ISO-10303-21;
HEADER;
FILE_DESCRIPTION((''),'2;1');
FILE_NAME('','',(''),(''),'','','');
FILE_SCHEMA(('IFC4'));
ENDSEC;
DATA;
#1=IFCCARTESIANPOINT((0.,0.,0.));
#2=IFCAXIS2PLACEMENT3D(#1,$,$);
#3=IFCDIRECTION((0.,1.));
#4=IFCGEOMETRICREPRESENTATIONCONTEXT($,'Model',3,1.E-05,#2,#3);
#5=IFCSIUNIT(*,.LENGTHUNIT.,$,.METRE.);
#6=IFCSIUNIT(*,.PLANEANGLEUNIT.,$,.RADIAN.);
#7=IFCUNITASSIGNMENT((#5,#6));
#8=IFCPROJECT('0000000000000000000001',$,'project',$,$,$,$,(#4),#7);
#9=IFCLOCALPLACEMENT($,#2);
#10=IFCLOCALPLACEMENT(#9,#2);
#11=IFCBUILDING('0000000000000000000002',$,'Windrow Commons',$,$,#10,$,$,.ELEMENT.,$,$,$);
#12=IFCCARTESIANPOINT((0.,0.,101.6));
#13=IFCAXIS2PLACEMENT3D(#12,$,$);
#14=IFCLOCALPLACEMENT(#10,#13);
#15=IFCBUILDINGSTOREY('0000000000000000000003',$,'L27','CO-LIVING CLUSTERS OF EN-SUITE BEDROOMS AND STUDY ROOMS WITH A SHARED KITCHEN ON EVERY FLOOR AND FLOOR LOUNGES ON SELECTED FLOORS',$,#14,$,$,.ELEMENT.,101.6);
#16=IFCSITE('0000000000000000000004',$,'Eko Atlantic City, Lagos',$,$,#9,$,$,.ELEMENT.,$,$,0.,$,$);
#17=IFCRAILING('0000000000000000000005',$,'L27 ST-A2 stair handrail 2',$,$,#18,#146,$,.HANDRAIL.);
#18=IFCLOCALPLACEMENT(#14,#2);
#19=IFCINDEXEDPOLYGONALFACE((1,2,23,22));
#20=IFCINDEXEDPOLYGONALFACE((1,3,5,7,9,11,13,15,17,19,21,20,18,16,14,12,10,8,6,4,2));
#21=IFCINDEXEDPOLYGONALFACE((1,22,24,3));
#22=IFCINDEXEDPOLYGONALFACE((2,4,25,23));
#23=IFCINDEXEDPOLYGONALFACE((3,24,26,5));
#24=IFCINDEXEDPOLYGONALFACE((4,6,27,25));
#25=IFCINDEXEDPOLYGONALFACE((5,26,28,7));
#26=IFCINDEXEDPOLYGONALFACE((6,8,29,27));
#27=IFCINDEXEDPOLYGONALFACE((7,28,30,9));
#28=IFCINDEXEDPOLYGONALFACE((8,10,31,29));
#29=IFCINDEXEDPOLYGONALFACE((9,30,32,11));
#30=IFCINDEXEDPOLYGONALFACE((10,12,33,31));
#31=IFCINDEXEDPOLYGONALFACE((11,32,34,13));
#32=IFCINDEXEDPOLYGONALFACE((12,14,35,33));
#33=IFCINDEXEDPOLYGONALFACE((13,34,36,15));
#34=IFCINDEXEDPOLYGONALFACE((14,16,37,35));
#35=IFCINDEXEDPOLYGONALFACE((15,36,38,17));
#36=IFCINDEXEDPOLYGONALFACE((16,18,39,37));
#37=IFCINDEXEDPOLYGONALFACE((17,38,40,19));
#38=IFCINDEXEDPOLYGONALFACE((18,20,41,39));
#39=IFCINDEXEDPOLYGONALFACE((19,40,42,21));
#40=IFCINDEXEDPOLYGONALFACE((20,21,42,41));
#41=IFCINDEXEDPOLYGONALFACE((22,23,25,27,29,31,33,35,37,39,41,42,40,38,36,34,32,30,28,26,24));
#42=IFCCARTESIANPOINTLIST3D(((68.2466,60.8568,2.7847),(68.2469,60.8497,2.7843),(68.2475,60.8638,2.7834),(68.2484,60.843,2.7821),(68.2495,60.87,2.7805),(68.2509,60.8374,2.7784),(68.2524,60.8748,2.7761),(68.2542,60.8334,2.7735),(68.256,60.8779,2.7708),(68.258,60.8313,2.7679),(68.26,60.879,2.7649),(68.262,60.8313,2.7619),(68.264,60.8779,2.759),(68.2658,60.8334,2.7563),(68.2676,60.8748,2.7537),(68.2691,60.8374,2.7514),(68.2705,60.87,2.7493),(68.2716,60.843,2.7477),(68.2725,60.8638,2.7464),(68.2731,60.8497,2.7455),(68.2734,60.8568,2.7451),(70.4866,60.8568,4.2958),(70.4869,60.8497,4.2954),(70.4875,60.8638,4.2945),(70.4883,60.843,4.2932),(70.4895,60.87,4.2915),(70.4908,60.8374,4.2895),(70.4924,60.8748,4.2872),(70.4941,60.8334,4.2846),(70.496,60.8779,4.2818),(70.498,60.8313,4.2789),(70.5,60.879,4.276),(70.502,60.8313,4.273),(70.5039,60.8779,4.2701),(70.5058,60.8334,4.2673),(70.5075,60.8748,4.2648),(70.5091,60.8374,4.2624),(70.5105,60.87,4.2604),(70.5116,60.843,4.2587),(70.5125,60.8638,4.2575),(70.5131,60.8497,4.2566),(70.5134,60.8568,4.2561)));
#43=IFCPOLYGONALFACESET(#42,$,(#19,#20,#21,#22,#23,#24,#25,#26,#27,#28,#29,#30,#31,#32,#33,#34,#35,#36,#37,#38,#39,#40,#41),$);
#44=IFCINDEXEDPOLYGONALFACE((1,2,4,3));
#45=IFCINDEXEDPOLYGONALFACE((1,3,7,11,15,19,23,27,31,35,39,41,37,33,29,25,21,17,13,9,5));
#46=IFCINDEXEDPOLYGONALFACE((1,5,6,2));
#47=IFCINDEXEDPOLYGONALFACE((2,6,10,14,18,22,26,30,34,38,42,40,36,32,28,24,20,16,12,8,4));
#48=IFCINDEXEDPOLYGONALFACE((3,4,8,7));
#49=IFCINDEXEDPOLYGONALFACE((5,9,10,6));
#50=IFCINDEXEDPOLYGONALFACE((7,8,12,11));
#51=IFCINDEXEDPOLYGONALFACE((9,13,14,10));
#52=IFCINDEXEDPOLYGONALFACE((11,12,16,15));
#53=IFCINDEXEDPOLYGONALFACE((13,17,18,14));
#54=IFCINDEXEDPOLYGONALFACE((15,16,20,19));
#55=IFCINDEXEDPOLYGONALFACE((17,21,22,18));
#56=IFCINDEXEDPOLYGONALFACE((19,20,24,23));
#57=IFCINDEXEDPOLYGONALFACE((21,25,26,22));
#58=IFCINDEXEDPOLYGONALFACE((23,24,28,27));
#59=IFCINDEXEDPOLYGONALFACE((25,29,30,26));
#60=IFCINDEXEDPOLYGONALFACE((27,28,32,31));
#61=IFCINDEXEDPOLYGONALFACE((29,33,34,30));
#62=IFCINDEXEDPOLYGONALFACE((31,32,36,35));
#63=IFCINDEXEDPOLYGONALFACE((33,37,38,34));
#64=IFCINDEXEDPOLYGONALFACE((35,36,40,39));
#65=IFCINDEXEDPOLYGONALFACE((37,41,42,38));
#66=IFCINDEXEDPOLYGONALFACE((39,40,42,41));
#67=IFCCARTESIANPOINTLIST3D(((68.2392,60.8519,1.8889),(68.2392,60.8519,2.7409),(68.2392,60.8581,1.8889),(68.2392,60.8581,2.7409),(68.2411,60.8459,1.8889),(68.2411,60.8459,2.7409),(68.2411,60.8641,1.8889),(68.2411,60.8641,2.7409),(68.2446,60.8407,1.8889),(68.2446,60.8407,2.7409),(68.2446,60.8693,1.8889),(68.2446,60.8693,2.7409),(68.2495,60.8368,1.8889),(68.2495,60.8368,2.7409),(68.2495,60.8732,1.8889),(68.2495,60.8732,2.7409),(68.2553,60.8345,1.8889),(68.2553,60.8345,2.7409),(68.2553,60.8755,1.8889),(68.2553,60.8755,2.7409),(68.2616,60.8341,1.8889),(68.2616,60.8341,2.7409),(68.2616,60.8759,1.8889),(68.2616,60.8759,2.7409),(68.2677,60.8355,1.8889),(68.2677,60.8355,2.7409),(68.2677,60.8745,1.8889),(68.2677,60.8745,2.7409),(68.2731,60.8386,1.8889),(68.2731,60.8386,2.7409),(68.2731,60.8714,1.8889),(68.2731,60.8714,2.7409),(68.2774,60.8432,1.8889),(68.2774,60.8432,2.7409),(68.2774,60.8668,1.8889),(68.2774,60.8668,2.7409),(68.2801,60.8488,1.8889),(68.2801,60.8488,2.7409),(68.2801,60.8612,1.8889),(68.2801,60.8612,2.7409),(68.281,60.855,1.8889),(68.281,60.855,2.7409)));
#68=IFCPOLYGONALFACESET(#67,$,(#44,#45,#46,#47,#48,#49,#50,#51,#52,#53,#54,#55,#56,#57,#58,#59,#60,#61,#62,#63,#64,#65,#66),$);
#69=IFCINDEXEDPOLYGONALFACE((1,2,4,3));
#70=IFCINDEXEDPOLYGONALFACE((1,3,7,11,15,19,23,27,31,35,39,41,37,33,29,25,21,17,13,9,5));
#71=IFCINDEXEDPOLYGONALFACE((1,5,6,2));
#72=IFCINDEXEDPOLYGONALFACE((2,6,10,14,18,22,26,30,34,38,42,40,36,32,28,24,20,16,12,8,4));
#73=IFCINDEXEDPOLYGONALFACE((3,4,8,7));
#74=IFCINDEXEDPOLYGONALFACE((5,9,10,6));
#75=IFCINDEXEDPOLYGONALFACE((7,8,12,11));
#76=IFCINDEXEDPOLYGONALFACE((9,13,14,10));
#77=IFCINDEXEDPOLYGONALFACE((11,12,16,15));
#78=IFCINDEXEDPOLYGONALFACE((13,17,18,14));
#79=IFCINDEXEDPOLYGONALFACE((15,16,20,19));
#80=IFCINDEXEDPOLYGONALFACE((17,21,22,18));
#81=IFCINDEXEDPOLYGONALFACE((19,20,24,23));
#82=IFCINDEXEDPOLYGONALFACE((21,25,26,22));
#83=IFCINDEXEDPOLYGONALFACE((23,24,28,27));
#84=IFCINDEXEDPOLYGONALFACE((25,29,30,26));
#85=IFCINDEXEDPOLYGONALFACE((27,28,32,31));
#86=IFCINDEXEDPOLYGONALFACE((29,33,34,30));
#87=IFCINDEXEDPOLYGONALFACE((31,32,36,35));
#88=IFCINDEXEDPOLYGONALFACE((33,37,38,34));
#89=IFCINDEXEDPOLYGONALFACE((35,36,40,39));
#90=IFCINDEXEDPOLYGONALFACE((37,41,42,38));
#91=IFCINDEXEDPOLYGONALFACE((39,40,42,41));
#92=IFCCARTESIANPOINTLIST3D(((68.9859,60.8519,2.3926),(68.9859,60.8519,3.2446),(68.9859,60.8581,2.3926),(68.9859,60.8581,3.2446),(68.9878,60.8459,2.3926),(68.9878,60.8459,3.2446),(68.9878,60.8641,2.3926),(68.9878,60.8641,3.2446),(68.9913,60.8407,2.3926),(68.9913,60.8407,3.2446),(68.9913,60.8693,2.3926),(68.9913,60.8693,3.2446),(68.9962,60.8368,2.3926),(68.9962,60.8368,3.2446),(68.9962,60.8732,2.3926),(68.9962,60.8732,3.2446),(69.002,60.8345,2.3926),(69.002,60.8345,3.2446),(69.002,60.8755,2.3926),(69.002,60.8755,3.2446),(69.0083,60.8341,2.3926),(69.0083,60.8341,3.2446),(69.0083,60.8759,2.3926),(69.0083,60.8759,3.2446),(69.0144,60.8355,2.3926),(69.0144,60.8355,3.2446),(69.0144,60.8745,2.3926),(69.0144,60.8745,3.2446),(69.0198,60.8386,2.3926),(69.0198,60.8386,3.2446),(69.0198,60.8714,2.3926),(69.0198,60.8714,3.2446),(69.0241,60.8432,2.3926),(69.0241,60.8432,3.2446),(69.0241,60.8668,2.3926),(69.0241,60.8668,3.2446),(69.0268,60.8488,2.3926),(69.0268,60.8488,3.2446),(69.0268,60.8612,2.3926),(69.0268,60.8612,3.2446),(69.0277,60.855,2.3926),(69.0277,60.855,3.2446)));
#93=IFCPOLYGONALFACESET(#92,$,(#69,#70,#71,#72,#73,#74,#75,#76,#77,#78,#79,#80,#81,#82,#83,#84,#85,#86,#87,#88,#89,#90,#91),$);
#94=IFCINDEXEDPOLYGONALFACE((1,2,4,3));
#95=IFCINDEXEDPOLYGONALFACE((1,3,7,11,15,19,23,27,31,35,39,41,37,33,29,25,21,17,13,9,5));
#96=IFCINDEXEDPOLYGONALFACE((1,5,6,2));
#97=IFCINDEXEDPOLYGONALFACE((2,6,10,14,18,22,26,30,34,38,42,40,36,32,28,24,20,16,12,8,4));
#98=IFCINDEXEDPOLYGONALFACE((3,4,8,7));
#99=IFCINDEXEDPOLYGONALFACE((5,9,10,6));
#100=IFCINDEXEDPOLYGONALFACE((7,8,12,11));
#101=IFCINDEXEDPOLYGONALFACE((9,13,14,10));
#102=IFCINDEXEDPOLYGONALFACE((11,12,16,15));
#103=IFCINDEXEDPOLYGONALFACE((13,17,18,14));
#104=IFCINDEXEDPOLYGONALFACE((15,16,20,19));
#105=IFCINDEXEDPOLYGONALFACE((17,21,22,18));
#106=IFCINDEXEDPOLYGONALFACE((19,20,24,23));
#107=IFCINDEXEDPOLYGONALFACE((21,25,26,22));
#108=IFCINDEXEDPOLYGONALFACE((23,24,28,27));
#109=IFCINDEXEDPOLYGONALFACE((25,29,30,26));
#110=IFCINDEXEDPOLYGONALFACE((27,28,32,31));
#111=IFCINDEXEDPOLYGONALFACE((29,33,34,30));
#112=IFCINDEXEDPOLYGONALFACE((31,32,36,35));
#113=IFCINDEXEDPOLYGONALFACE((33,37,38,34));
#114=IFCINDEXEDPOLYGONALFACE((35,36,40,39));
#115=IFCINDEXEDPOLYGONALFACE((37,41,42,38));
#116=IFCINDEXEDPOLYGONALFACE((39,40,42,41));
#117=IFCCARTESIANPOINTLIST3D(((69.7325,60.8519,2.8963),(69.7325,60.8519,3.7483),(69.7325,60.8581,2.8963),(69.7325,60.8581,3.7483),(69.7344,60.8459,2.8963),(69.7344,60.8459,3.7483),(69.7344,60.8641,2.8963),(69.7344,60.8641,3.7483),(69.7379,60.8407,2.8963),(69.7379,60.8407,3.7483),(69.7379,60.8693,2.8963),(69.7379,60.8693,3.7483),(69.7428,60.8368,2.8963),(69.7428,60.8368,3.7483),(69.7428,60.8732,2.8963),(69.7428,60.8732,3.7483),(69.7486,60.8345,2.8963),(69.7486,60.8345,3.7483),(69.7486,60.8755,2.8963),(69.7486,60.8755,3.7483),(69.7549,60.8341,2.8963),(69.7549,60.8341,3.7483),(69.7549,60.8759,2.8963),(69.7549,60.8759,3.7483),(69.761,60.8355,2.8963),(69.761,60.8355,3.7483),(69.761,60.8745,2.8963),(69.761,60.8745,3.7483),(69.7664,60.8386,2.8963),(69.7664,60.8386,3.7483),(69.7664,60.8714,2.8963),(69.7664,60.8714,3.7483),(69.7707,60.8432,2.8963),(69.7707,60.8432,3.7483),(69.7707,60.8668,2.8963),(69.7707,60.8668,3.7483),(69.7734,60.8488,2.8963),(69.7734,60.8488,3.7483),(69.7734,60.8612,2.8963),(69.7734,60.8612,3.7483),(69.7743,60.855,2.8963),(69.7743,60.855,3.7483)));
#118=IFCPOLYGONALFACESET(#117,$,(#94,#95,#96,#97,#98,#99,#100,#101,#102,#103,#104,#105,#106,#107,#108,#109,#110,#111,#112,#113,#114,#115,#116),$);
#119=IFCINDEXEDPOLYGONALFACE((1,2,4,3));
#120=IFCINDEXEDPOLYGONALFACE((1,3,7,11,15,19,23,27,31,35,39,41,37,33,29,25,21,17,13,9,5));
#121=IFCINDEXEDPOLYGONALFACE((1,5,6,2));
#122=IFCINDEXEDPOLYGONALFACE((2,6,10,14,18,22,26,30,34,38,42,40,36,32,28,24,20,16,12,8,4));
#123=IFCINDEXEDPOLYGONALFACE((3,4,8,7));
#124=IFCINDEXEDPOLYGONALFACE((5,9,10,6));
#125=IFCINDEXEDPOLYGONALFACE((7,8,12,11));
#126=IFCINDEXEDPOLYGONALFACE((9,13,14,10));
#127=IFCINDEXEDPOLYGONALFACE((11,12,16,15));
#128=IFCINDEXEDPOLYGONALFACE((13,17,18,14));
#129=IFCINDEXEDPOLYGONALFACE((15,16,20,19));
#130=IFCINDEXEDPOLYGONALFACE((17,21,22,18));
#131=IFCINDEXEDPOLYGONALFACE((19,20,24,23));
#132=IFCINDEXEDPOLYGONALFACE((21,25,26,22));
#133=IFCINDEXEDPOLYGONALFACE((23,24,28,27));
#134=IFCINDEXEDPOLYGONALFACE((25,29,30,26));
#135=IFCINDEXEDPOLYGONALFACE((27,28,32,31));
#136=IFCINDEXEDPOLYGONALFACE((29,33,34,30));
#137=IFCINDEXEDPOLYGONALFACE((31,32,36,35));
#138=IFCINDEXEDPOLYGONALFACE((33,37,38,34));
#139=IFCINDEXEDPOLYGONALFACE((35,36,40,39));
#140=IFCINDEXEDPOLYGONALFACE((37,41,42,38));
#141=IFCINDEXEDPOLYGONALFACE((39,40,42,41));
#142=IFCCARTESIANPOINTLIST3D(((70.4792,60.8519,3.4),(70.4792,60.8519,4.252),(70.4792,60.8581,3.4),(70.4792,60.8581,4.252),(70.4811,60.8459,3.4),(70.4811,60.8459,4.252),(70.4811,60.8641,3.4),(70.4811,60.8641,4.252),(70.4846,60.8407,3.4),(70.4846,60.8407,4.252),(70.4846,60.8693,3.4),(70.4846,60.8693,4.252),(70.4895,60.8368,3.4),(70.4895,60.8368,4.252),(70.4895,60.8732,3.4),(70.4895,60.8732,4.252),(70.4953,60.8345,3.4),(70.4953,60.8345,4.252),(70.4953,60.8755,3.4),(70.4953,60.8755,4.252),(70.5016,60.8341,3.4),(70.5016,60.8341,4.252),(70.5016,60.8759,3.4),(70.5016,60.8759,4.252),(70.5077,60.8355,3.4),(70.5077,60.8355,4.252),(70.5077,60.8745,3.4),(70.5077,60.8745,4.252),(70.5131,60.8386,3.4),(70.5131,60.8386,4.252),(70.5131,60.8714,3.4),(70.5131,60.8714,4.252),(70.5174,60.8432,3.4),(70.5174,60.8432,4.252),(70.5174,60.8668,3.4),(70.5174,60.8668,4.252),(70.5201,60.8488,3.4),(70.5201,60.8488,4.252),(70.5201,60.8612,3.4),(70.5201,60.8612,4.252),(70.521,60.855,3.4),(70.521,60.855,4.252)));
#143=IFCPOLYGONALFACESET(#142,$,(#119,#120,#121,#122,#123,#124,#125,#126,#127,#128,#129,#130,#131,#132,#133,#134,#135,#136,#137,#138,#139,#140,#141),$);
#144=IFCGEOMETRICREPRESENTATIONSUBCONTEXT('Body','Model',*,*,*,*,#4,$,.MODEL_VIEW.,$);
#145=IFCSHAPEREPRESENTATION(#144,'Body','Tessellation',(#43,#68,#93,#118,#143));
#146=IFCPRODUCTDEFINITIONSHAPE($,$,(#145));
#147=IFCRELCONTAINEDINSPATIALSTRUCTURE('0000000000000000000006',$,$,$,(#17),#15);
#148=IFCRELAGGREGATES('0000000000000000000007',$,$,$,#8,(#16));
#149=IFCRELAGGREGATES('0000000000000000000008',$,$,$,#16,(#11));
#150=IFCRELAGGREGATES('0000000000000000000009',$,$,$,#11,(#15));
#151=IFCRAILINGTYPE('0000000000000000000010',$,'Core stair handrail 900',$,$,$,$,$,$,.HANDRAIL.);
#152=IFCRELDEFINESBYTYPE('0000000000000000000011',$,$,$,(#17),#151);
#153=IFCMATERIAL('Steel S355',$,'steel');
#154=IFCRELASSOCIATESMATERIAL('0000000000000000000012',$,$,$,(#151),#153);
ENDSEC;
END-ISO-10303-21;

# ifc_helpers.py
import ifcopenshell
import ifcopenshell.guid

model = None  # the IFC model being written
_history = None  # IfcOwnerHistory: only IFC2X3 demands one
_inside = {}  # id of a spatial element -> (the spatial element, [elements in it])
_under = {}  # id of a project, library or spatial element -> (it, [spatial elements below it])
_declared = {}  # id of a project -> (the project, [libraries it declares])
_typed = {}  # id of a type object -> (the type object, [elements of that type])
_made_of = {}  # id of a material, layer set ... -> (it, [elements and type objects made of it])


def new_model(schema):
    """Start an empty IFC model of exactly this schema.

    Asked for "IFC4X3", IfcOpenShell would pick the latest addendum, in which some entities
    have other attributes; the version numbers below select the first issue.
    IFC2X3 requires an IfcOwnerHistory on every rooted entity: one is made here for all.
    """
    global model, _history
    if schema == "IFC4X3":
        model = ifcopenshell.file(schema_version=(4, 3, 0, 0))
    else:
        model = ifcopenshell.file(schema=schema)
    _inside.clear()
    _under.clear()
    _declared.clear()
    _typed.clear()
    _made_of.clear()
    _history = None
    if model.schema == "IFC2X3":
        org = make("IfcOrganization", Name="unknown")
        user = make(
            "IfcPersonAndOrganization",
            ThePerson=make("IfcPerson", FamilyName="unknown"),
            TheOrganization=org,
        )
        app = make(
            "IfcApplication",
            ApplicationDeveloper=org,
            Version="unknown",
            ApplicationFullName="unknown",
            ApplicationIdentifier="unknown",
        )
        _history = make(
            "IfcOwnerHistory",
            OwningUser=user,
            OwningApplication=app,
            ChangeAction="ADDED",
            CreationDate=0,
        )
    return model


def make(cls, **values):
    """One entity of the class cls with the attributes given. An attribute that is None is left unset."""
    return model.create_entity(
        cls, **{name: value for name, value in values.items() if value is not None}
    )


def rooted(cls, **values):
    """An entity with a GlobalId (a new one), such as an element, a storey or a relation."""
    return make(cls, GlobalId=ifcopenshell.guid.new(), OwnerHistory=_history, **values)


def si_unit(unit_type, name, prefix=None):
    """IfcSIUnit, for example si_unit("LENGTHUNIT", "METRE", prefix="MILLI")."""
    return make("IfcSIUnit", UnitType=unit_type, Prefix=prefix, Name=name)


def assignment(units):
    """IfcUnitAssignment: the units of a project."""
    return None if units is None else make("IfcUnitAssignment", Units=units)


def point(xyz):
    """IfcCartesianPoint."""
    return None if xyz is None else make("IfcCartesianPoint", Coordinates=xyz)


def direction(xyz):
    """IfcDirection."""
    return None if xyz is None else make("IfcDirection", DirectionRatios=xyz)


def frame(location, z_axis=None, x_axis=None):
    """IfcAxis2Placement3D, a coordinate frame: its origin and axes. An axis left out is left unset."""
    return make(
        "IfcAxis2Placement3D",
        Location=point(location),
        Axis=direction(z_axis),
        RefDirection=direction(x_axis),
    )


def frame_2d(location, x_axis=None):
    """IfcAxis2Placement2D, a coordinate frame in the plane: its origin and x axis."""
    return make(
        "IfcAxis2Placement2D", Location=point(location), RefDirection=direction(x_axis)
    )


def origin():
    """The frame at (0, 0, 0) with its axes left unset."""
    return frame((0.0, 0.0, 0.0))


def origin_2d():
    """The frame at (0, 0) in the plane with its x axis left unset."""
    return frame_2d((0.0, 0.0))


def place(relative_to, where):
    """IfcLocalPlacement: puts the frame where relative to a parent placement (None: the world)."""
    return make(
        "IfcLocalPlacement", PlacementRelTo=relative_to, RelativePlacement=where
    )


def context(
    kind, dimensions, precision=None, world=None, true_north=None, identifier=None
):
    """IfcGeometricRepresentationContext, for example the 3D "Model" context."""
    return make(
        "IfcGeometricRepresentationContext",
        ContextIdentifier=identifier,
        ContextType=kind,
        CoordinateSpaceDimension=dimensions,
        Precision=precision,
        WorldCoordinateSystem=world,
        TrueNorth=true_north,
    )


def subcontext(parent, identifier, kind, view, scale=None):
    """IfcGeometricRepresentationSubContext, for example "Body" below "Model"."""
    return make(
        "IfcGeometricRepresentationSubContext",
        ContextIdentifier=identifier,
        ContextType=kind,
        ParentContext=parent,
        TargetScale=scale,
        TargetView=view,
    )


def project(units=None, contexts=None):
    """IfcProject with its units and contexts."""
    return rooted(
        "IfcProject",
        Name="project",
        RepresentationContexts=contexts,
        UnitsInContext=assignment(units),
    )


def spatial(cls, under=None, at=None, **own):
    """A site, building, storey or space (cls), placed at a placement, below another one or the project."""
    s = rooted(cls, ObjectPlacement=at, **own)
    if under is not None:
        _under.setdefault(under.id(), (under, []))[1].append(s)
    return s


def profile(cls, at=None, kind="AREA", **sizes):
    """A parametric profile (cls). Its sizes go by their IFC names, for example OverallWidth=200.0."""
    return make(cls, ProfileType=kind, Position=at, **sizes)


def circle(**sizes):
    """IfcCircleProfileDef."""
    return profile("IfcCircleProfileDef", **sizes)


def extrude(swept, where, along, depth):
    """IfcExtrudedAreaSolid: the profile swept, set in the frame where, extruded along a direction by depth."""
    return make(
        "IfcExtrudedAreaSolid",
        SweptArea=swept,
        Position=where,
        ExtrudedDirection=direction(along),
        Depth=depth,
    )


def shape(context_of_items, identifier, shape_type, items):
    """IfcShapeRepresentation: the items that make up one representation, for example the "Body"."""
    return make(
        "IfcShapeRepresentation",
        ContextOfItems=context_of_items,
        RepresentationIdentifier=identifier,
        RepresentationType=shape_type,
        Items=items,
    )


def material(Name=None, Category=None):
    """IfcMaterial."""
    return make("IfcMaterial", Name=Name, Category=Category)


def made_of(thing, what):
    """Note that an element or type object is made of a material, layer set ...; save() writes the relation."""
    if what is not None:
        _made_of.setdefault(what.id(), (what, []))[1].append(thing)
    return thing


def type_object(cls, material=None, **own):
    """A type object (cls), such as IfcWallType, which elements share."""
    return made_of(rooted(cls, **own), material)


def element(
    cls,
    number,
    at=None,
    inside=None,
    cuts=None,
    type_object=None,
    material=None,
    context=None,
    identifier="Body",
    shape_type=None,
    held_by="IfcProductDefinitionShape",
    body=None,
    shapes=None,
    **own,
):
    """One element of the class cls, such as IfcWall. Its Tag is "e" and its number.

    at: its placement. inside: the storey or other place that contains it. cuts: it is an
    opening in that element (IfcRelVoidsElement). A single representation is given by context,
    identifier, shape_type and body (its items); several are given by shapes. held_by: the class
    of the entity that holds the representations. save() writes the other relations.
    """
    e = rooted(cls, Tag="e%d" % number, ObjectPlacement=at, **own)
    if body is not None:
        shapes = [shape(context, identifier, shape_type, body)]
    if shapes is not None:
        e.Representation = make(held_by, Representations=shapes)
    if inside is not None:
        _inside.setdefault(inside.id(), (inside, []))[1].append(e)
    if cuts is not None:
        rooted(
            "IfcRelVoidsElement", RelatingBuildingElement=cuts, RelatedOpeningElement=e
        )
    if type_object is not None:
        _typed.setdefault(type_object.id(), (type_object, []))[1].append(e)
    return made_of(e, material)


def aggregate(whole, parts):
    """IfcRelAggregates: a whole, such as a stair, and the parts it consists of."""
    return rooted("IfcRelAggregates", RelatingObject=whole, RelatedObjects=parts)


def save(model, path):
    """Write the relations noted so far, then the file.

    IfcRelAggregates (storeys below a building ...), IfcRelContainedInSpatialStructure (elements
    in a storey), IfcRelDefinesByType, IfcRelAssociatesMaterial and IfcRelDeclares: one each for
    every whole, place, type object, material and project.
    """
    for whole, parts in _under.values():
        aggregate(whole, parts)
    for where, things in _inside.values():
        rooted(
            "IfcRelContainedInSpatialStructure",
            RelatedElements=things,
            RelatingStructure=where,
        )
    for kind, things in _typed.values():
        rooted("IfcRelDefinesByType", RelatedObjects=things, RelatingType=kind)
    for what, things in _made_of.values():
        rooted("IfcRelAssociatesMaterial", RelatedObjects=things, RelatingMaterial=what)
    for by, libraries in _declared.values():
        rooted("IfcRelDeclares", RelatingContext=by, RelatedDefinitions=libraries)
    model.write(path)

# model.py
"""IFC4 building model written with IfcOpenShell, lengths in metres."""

from ifc_helpers import new_model, si_unit, direction, frame, origin, origin_2d, place, context, subcontext, project, spatial, circle, extrude, material, type_object, element, save


model = new_model("IFC4")

# Units and contexts
model_context = context("Model", 3, precision=1e-05, world=origin(), true_north=direction((0.0, 1.0)))
body_context = subcontext(model_context, "Body", "Model", "MODEL_VIEW")
ifc_project = project(units=[si_unit("LENGTHUNIT", "METRE"), si_unit("PLANEANGLEUNIT", "RADIAN")], contexts=[model_context])

# Site, building, storey
site_placement = place(None, origin())
site = spatial("IfcSite", under=ifc_project, at=site_placement, Name="Eko Atlantic City, Lagos", CompositionType="ELEMENT", RefElevation=0.0)
building_placement = place(site_placement, origin())
building = spatial("IfcBuilding", under=site, at=building_placement, Name="Windrow Commons", CompositionType="ELEMENT")
storey_placement = place(building_placement, frame((0.0, 0.0, 101.6)))
storey = spatial("IfcBuildingStorey", under=building, at=storey_placement, Name="L27", Description="CO-LIVING CLUSTERS OF EN-SUITE BEDROOMS AND STUDY ROOMS WITH A SHARED KITCHEN ON EVERY FLOOR AND FLOOR LOUNGES ON SELECTED FLOORS", CompositionType="ELEMENT", Elevation=101.6)

# Railing
ifc_material_1 = material(Name="Steel S355", Category="steel")
railing_type_1 = type_object("IfcRailingType", Name="Core stair handrail 900", PredefinedType="HANDRAIL", material=ifc_material_1)
railing_1_placement = place(storey_placement, frame((68.26, 60.855, 1.8889)))
element("IfcRailing", 1, at=railing_1_placement, inside=storey, type_object=railing_type_1, Name="L27 ST-A2 stair handrail 2", PredefinedType="HANDRAIL", context=body_context, shape_type="SweptSolid", body=[
    extrude(circle(Radius=0.024, at=origin_2d()), frame((0.0, 0.0, 0.876), z_axis=(0.829003, 0.0, 0.559244), x_axis=(0.0, 1.0, 0.0)), (0.0, 0.0, 1.0), 2.702),
    extrude(circle(Radius=0.021, at=origin_2d()), origin(), (0.0, 0.0, 1.0), 0.852),
    extrude(circle(Radius=0.021, at=origin_2d()), frame((0.7467, 0.0, 0.5037)), (0.0, 0.0, 1.0), 0.852),
    extrude(circle(Radius=0.021, at=origin_2d()), frame((1.4933, 0.0, 1.0074)), (0.0, 0.0, 1.0), 0.852),
    extrude(circle(Radius=0.021, at=origin_2d()), frame((2.24, 0.0, 1.5111)), (0.0, 0.0, 1.0), 0.852),
])

save(model, "model.ifc")
